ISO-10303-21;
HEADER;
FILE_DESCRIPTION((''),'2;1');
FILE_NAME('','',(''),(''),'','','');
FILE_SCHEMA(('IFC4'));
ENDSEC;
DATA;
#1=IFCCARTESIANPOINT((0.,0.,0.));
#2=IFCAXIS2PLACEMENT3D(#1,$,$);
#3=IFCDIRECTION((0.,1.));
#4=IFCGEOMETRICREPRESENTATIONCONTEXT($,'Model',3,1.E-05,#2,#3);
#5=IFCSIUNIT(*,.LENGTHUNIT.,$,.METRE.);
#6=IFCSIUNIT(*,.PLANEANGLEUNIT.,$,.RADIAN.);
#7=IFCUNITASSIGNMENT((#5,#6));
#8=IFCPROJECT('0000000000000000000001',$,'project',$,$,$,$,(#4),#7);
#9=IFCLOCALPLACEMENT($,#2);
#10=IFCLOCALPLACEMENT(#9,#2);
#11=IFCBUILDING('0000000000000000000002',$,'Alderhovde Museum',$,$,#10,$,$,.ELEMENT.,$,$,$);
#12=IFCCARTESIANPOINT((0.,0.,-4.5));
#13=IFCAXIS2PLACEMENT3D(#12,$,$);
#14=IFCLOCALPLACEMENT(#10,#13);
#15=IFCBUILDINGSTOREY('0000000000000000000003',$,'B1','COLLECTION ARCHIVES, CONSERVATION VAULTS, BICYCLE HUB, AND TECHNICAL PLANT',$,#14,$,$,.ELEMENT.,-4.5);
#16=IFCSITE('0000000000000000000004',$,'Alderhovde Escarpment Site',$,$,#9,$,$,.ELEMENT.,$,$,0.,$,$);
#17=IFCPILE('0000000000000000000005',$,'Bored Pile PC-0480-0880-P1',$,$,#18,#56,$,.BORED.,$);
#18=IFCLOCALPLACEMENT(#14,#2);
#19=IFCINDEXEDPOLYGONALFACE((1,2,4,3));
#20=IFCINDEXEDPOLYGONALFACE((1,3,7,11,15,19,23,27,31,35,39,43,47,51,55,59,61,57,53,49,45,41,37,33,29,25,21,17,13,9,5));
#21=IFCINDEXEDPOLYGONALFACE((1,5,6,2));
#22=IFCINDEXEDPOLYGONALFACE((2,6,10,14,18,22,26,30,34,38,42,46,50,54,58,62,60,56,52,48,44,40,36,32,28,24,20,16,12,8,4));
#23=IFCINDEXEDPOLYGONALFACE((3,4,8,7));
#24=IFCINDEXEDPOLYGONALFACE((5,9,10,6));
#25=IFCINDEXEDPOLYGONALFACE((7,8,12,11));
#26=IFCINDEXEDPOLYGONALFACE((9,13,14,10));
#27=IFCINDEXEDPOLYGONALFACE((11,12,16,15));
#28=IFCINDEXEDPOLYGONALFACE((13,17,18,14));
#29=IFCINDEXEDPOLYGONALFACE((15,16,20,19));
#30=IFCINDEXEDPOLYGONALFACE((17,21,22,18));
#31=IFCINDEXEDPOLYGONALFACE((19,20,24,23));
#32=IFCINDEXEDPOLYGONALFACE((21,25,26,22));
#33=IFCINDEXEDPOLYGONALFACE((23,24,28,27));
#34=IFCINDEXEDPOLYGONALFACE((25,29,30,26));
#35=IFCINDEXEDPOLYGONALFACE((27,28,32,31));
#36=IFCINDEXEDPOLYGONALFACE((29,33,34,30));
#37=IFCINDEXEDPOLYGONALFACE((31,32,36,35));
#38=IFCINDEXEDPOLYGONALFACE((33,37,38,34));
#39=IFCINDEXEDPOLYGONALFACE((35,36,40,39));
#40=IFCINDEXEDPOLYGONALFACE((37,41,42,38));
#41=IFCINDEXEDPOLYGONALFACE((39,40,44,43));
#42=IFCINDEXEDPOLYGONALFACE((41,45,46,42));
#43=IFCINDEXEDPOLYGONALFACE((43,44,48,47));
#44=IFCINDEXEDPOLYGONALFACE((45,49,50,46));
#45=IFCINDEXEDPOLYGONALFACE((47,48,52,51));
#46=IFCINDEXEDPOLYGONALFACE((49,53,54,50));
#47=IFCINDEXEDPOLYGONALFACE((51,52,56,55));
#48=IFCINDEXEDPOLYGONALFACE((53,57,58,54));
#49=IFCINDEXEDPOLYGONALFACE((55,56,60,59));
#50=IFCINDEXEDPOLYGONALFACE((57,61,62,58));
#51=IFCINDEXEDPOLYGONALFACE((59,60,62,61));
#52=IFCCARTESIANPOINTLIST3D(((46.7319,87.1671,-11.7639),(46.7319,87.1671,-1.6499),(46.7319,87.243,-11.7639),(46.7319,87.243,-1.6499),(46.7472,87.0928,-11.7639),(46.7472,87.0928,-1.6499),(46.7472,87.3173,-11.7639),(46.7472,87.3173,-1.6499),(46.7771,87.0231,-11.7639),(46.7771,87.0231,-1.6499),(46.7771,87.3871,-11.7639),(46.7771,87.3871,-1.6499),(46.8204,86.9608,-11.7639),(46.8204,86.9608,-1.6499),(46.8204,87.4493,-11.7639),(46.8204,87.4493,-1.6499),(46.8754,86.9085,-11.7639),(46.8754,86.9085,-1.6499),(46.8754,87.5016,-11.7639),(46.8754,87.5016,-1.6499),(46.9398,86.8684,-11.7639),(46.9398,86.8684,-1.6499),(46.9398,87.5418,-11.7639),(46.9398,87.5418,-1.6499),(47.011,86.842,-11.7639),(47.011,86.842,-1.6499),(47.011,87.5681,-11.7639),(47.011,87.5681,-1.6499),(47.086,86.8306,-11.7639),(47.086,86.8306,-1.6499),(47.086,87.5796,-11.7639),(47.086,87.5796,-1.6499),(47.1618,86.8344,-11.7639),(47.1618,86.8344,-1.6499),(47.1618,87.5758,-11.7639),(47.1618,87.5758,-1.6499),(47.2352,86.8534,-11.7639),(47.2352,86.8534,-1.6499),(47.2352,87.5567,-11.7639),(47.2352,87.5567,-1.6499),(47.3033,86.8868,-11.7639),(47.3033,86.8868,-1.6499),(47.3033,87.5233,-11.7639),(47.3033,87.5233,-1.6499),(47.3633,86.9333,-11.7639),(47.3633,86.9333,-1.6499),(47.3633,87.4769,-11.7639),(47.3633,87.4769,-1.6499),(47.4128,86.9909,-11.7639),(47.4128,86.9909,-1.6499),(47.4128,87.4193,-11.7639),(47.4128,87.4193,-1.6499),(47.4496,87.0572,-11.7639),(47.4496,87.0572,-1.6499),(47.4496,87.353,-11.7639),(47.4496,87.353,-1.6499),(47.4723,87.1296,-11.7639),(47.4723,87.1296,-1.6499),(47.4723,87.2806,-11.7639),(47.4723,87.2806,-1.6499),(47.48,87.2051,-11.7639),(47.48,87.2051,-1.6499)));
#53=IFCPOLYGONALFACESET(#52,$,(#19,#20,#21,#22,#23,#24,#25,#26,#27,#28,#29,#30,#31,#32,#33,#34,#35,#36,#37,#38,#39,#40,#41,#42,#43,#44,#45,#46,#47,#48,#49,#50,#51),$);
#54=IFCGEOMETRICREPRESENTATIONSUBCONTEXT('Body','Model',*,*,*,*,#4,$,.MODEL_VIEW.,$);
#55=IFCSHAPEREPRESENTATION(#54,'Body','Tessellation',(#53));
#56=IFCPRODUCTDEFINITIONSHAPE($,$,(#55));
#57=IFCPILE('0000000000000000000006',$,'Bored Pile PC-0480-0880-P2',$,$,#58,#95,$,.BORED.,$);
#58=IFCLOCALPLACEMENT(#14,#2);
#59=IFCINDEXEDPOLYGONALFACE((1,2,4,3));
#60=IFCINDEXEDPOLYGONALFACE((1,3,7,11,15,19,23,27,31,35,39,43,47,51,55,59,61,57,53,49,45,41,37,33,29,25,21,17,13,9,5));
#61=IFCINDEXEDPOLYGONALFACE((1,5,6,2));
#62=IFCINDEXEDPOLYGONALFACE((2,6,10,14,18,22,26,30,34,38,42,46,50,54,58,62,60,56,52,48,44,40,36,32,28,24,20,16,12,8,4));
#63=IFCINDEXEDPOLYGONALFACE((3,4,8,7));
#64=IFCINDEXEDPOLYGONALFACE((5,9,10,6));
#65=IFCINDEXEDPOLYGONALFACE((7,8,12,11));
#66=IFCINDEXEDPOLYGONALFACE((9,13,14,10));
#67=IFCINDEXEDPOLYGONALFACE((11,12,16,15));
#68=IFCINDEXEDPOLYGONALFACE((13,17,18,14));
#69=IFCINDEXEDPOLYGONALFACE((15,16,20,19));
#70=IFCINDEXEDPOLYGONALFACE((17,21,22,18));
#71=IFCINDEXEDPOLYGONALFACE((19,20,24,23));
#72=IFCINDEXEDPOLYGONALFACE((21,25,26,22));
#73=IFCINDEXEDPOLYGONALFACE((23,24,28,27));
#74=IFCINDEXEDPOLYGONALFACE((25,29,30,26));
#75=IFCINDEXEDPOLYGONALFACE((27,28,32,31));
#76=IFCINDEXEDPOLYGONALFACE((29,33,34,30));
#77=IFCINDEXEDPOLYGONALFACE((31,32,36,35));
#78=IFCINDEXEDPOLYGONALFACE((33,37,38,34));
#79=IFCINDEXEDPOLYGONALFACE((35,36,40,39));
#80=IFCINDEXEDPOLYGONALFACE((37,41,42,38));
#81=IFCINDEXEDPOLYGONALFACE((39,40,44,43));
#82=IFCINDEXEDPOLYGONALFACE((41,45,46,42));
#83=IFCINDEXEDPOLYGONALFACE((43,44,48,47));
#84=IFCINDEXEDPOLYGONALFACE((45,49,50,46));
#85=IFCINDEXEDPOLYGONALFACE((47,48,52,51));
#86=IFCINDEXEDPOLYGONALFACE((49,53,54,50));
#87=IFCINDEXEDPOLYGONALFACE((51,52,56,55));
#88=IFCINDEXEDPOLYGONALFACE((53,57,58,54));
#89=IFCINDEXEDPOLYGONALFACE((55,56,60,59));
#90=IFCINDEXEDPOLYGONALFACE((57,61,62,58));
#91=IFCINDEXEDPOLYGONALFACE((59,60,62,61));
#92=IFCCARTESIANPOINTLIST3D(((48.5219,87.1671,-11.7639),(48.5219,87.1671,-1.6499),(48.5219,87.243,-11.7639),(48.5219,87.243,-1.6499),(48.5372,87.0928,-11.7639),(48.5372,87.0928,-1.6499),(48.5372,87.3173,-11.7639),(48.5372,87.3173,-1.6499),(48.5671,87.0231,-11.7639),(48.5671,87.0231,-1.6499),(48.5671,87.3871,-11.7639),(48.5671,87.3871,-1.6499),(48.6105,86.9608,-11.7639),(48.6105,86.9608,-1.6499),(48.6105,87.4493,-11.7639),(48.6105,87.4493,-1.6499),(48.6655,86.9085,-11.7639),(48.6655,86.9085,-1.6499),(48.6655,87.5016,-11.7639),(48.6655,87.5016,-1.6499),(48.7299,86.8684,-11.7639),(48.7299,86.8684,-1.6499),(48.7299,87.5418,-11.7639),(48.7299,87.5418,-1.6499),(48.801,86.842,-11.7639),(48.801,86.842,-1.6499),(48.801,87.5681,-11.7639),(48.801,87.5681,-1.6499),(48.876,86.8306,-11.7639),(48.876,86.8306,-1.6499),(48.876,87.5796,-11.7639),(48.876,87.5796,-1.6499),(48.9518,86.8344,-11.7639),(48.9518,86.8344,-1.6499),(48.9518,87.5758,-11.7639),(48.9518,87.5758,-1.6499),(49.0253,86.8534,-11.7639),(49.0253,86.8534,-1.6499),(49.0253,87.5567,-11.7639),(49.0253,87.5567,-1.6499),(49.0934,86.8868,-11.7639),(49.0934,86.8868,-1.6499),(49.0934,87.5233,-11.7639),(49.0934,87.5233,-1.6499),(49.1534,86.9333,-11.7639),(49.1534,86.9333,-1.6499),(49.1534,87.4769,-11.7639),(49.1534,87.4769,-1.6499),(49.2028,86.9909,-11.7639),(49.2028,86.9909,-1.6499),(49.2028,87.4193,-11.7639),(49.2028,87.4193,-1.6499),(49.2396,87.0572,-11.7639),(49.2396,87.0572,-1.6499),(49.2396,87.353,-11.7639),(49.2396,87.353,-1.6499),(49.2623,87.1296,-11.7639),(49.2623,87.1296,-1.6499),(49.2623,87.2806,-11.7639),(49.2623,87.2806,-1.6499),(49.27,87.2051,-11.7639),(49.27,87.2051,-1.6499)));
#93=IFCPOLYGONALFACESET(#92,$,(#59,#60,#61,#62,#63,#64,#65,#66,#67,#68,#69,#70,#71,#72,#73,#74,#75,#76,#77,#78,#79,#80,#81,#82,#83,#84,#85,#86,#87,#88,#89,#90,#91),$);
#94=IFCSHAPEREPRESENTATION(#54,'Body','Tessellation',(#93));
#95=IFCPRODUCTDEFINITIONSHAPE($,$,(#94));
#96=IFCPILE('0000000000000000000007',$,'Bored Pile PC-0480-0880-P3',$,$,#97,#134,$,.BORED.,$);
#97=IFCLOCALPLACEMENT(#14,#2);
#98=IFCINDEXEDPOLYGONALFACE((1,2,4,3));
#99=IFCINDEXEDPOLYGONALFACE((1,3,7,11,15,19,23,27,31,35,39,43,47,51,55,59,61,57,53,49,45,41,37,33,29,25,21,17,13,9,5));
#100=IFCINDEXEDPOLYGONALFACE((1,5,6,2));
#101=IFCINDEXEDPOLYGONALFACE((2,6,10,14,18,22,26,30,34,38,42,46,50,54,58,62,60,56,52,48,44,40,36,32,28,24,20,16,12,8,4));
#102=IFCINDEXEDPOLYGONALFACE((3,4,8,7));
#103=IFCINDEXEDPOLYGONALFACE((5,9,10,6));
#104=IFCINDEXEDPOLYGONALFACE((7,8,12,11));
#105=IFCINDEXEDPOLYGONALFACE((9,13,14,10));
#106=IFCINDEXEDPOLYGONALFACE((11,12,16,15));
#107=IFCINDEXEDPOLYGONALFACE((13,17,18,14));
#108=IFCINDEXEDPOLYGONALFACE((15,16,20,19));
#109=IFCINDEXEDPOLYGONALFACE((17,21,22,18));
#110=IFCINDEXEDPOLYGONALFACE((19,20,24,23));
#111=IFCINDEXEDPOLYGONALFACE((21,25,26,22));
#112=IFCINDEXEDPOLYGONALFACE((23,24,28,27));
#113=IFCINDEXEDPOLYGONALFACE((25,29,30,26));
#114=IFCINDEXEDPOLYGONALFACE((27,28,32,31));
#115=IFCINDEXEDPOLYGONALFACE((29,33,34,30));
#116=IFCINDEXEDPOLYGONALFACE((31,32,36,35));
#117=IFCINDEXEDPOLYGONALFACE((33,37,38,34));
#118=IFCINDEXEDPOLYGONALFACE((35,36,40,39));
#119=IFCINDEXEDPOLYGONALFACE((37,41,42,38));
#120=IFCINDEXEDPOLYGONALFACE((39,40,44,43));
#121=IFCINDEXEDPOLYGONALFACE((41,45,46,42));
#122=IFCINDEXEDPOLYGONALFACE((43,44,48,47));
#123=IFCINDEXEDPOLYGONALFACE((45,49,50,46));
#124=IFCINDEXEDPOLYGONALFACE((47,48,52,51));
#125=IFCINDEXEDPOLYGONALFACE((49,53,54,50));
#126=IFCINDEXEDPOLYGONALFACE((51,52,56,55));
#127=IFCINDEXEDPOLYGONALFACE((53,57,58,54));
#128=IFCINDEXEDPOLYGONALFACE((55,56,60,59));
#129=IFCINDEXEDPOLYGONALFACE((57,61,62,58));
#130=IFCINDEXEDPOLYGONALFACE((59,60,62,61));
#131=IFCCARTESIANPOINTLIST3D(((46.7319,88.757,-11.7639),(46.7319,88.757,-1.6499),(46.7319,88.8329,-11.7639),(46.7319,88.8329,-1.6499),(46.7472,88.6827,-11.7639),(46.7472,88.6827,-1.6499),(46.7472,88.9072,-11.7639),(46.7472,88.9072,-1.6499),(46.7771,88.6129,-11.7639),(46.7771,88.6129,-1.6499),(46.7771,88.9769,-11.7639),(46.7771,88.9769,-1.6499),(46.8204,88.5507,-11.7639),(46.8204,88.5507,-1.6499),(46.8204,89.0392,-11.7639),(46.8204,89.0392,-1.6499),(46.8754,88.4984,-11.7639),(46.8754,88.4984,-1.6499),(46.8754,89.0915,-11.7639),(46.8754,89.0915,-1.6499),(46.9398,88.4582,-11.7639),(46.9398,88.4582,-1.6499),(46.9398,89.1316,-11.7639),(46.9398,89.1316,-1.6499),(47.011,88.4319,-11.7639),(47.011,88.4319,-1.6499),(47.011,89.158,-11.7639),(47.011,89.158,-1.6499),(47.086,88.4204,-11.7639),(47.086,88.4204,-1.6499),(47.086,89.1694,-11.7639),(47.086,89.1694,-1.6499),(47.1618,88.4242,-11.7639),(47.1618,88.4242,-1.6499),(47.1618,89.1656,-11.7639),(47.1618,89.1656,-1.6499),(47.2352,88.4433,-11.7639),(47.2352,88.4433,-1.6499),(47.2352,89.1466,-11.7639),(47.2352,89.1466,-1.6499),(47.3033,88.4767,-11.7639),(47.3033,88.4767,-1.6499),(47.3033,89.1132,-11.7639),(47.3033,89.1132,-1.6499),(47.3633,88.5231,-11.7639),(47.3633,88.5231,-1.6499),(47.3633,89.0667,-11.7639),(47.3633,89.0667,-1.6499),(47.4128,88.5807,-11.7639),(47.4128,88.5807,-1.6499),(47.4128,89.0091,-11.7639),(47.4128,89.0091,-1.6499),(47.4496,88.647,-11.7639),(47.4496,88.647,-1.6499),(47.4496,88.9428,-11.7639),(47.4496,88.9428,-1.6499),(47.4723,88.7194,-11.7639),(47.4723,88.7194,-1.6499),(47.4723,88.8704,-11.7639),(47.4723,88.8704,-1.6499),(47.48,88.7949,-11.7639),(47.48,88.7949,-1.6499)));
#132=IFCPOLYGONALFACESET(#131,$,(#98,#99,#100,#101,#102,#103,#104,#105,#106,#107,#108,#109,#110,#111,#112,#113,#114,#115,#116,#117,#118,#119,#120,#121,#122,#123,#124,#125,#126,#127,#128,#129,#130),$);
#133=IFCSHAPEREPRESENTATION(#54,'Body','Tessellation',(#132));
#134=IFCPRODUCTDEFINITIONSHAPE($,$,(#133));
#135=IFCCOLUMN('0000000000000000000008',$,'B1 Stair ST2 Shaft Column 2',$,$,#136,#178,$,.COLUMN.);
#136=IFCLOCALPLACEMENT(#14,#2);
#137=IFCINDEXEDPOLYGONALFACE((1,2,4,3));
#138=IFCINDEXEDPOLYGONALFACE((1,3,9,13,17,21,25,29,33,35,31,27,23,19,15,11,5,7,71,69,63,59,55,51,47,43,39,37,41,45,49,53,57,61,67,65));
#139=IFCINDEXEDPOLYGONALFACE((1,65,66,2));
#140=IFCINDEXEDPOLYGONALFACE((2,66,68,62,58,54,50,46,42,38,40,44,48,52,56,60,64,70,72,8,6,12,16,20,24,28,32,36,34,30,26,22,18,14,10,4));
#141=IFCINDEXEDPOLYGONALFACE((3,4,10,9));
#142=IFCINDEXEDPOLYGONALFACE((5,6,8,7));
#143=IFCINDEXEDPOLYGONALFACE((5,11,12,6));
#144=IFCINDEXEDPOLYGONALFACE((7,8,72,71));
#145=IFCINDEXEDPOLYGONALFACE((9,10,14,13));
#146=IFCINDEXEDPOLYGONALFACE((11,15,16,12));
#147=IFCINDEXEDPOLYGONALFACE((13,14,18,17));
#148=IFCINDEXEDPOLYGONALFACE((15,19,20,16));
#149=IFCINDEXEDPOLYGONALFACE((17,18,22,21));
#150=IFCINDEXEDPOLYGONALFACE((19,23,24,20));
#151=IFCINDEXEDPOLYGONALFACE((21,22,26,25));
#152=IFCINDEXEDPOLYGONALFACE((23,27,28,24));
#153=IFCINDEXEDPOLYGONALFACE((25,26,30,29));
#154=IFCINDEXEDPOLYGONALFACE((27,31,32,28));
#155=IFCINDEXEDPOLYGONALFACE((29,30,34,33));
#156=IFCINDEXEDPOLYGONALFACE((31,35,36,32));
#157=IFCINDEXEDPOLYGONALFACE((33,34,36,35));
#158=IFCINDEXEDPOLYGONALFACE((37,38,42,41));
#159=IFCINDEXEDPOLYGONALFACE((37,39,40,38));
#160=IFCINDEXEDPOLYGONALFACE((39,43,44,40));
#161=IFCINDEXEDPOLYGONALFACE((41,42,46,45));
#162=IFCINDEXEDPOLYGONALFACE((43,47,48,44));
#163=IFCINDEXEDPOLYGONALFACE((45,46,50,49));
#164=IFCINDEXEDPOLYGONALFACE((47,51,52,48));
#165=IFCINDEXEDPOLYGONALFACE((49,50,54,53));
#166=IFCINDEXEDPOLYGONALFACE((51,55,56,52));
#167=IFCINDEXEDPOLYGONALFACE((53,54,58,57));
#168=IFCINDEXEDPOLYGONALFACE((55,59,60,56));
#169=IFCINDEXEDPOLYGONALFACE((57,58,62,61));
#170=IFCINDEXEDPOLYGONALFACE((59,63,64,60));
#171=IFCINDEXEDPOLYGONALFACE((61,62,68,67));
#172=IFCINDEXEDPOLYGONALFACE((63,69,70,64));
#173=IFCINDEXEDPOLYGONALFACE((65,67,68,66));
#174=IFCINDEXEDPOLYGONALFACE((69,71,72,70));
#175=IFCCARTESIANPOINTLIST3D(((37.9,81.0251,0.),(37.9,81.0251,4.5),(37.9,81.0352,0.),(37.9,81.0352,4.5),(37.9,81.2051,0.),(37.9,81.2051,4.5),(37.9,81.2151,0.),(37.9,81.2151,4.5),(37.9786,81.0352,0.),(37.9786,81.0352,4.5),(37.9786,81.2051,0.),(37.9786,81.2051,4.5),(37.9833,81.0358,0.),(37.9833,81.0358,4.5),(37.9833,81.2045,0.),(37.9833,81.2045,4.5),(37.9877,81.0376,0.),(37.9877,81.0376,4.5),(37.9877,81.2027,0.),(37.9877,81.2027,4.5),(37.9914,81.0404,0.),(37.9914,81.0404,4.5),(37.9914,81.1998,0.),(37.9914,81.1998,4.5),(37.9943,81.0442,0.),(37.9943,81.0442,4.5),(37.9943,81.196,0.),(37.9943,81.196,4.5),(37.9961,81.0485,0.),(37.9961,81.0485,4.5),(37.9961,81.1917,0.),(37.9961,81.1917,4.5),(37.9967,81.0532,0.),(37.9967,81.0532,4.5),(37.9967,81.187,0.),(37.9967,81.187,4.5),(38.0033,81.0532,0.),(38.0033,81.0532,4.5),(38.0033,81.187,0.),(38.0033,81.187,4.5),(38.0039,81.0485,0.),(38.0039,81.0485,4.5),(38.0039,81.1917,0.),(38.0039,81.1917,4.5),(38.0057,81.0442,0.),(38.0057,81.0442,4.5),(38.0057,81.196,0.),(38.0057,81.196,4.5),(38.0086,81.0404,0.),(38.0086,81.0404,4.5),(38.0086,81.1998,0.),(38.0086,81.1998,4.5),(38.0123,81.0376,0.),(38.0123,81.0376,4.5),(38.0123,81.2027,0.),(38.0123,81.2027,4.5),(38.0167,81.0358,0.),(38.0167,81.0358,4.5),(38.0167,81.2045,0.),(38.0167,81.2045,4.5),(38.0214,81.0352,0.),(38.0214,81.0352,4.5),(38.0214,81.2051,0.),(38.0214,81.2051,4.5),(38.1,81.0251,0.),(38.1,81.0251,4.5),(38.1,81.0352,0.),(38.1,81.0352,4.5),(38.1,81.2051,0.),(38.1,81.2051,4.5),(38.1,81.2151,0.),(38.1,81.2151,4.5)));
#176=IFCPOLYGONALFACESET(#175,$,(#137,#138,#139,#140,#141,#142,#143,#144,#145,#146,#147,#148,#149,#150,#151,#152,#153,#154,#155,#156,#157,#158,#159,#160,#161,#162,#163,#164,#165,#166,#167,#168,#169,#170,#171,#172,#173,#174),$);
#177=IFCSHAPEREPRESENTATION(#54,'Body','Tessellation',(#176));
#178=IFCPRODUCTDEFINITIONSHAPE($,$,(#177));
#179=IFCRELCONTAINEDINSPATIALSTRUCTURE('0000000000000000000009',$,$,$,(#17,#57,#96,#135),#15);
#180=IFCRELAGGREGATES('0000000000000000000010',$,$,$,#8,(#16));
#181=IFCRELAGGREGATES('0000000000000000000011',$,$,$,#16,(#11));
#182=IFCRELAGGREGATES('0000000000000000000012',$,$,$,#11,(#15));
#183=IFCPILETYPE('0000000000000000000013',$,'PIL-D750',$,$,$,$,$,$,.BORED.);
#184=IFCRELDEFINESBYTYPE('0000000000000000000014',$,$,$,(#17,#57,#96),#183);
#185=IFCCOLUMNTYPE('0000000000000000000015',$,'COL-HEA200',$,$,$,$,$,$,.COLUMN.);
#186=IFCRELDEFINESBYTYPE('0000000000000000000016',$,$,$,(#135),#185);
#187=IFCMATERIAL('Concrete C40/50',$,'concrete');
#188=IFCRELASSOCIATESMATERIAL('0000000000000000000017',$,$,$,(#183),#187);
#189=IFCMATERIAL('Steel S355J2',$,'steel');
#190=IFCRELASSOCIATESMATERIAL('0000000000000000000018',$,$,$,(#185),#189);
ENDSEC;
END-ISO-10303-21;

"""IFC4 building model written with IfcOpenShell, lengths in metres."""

from ifc_helpers import new_model, si_unit, direction, frame, origin, origin_2d, place, context, subcontext, project, spatial, circle, i_section, extrude, material, material_profile, profile_set, type_object, element, save


model = new_model("IFC4")

# Units and contexts
model_context = context("Model", 3, precision=1e-05, world=origin(), true_north=direction((0.0, 1.0)))
body_context = subcontext(model_context, "Body", "Model", "MODEL_VIEW")
ifc_project = project(units=[si_unit("LENGTHUNIT", "METRE"), si_unit("PLANEANGLEUNIT", "RADIAN")], contexts=[model_context])

# Site, building, storey
site_placement = place(None, origin())
site = spatial("IfcSite", under=ifc_project, at=site_placement, Name="Alderhovde Escarpment Site", CompositionType="ELEMENT", RefElevation=0.0)
building_placement = place(site_placement, origin())
building = spatial("IfcBuilding", under=site, at=building_placement, Name="Alderhovde Museum", CompositionType="ELEMENT")
storey_placement = place(building_placement, frame((0.0, 0.0, -4.5)))
storey = spatial("IfcBuildingStorey", under=building, at=storey_placement, Name="B1", Description="COLLECTION ARCHIVES, CONSERVATION VAULTS, BICYCLE HUB, AND TECHNICAL PLANT", CompositionType="ELEMENT", Elevation=-4.5)

# Piles
ifc_material_1 = material(Name="Concrete C40/50", Category="concrete")
ifc_material_profile_1 = material_profile(ifc_material_1, circle(Radius=0.375, at=origin_2d()), Name="PILE-D750")
ifc_profile_set_1 = profile_set([ifc_material_profile_1], Name="Concrete C40/50")
pile_type_1 = type_object("IfcPileType", Name="PIL-D750", PredefinedType="BORED", material=ifc_profile_set_1)
for number, where, z_axis, x_axis, name in (
    (1, (47.105, 87.2051, -1.6499), (0.0, 0.0, -1.0), (1.0, 0.0, 0.0), "Bored Pile PC-0480-0880-P1"),
    (2, (48.895, 87.2051, -1.6499), (0.0, 0.0, -1.0), (1.0, 0.0, 0.0), "Bored Pile PC-0480-0880-P2"),
    (3, (47.105, 88.7949, -1.6499), (0.0, 0.0, -1.0), (1.0, 0.0, 0.0), "Bored Pile PC-0480-0880-P3"),
):
    element("IfcPile", number, at=place(storey_placement, frame(where, z_axis=z_axis, x_axis=x_axis)), inside=storey, type_object=pile_type_1, Name=name, PredefinedType="BORED", context=body_context, shape_type="SweptSolid", body=[
        extrude(circle(Radius=0.375, at=origin_2d()), origin(), (0.0, 0.0, 1.0), 10.114),
    ])

# Column
ifc_material_2 = material(Name="Steel S355J2", Category="steel")
ifc_material_profile_2 = material_profile(ifc_material_2, i_section(OverallWidth=0.2, OverallDepth=0.1899, WebThickness=0.0066, FlangeThickness=0.01, FilletRadius=0.0181, at=origin_2d()), Name="HEA 200")
ifc_profile_set_2 = profile_set([ifc_material_profile_2], Name="Steel S355J2")
column_type_1 = type_object("IfcColumnType", Name="COL-HEA200", PredefinedType="COLUMN", material=ifc_profile_set_2)
for number, where, z_axis, x_axis, name in (
    (4, (38.0, 81.1201, 0.0), (0.0, 0.0, 1.0), (1.0, 0.0, 0.0), "B1 Stair ST2 Shaft Column 2"),
):
    element("IfcColumn", number, at=place(storey_placement, frame(where, z_axis=z_axis, x_axis=x_axis)), inside=storey, type_object=column_type_1, Name=name, PredefinedType="COLUMN", context=body_context, shape_type="SweptSolid", body=[
        extrude(i_section(OverallWidth=0.2, OverallDepth=0.1899, WebThickness=0.0066, FlangeThickness=0.01, FilletRadius=0.0181, at=origin_2d()), origin(), (0.0, 0.0, 1.0), 4.5),
    ])

save(model, "model.ifc")
